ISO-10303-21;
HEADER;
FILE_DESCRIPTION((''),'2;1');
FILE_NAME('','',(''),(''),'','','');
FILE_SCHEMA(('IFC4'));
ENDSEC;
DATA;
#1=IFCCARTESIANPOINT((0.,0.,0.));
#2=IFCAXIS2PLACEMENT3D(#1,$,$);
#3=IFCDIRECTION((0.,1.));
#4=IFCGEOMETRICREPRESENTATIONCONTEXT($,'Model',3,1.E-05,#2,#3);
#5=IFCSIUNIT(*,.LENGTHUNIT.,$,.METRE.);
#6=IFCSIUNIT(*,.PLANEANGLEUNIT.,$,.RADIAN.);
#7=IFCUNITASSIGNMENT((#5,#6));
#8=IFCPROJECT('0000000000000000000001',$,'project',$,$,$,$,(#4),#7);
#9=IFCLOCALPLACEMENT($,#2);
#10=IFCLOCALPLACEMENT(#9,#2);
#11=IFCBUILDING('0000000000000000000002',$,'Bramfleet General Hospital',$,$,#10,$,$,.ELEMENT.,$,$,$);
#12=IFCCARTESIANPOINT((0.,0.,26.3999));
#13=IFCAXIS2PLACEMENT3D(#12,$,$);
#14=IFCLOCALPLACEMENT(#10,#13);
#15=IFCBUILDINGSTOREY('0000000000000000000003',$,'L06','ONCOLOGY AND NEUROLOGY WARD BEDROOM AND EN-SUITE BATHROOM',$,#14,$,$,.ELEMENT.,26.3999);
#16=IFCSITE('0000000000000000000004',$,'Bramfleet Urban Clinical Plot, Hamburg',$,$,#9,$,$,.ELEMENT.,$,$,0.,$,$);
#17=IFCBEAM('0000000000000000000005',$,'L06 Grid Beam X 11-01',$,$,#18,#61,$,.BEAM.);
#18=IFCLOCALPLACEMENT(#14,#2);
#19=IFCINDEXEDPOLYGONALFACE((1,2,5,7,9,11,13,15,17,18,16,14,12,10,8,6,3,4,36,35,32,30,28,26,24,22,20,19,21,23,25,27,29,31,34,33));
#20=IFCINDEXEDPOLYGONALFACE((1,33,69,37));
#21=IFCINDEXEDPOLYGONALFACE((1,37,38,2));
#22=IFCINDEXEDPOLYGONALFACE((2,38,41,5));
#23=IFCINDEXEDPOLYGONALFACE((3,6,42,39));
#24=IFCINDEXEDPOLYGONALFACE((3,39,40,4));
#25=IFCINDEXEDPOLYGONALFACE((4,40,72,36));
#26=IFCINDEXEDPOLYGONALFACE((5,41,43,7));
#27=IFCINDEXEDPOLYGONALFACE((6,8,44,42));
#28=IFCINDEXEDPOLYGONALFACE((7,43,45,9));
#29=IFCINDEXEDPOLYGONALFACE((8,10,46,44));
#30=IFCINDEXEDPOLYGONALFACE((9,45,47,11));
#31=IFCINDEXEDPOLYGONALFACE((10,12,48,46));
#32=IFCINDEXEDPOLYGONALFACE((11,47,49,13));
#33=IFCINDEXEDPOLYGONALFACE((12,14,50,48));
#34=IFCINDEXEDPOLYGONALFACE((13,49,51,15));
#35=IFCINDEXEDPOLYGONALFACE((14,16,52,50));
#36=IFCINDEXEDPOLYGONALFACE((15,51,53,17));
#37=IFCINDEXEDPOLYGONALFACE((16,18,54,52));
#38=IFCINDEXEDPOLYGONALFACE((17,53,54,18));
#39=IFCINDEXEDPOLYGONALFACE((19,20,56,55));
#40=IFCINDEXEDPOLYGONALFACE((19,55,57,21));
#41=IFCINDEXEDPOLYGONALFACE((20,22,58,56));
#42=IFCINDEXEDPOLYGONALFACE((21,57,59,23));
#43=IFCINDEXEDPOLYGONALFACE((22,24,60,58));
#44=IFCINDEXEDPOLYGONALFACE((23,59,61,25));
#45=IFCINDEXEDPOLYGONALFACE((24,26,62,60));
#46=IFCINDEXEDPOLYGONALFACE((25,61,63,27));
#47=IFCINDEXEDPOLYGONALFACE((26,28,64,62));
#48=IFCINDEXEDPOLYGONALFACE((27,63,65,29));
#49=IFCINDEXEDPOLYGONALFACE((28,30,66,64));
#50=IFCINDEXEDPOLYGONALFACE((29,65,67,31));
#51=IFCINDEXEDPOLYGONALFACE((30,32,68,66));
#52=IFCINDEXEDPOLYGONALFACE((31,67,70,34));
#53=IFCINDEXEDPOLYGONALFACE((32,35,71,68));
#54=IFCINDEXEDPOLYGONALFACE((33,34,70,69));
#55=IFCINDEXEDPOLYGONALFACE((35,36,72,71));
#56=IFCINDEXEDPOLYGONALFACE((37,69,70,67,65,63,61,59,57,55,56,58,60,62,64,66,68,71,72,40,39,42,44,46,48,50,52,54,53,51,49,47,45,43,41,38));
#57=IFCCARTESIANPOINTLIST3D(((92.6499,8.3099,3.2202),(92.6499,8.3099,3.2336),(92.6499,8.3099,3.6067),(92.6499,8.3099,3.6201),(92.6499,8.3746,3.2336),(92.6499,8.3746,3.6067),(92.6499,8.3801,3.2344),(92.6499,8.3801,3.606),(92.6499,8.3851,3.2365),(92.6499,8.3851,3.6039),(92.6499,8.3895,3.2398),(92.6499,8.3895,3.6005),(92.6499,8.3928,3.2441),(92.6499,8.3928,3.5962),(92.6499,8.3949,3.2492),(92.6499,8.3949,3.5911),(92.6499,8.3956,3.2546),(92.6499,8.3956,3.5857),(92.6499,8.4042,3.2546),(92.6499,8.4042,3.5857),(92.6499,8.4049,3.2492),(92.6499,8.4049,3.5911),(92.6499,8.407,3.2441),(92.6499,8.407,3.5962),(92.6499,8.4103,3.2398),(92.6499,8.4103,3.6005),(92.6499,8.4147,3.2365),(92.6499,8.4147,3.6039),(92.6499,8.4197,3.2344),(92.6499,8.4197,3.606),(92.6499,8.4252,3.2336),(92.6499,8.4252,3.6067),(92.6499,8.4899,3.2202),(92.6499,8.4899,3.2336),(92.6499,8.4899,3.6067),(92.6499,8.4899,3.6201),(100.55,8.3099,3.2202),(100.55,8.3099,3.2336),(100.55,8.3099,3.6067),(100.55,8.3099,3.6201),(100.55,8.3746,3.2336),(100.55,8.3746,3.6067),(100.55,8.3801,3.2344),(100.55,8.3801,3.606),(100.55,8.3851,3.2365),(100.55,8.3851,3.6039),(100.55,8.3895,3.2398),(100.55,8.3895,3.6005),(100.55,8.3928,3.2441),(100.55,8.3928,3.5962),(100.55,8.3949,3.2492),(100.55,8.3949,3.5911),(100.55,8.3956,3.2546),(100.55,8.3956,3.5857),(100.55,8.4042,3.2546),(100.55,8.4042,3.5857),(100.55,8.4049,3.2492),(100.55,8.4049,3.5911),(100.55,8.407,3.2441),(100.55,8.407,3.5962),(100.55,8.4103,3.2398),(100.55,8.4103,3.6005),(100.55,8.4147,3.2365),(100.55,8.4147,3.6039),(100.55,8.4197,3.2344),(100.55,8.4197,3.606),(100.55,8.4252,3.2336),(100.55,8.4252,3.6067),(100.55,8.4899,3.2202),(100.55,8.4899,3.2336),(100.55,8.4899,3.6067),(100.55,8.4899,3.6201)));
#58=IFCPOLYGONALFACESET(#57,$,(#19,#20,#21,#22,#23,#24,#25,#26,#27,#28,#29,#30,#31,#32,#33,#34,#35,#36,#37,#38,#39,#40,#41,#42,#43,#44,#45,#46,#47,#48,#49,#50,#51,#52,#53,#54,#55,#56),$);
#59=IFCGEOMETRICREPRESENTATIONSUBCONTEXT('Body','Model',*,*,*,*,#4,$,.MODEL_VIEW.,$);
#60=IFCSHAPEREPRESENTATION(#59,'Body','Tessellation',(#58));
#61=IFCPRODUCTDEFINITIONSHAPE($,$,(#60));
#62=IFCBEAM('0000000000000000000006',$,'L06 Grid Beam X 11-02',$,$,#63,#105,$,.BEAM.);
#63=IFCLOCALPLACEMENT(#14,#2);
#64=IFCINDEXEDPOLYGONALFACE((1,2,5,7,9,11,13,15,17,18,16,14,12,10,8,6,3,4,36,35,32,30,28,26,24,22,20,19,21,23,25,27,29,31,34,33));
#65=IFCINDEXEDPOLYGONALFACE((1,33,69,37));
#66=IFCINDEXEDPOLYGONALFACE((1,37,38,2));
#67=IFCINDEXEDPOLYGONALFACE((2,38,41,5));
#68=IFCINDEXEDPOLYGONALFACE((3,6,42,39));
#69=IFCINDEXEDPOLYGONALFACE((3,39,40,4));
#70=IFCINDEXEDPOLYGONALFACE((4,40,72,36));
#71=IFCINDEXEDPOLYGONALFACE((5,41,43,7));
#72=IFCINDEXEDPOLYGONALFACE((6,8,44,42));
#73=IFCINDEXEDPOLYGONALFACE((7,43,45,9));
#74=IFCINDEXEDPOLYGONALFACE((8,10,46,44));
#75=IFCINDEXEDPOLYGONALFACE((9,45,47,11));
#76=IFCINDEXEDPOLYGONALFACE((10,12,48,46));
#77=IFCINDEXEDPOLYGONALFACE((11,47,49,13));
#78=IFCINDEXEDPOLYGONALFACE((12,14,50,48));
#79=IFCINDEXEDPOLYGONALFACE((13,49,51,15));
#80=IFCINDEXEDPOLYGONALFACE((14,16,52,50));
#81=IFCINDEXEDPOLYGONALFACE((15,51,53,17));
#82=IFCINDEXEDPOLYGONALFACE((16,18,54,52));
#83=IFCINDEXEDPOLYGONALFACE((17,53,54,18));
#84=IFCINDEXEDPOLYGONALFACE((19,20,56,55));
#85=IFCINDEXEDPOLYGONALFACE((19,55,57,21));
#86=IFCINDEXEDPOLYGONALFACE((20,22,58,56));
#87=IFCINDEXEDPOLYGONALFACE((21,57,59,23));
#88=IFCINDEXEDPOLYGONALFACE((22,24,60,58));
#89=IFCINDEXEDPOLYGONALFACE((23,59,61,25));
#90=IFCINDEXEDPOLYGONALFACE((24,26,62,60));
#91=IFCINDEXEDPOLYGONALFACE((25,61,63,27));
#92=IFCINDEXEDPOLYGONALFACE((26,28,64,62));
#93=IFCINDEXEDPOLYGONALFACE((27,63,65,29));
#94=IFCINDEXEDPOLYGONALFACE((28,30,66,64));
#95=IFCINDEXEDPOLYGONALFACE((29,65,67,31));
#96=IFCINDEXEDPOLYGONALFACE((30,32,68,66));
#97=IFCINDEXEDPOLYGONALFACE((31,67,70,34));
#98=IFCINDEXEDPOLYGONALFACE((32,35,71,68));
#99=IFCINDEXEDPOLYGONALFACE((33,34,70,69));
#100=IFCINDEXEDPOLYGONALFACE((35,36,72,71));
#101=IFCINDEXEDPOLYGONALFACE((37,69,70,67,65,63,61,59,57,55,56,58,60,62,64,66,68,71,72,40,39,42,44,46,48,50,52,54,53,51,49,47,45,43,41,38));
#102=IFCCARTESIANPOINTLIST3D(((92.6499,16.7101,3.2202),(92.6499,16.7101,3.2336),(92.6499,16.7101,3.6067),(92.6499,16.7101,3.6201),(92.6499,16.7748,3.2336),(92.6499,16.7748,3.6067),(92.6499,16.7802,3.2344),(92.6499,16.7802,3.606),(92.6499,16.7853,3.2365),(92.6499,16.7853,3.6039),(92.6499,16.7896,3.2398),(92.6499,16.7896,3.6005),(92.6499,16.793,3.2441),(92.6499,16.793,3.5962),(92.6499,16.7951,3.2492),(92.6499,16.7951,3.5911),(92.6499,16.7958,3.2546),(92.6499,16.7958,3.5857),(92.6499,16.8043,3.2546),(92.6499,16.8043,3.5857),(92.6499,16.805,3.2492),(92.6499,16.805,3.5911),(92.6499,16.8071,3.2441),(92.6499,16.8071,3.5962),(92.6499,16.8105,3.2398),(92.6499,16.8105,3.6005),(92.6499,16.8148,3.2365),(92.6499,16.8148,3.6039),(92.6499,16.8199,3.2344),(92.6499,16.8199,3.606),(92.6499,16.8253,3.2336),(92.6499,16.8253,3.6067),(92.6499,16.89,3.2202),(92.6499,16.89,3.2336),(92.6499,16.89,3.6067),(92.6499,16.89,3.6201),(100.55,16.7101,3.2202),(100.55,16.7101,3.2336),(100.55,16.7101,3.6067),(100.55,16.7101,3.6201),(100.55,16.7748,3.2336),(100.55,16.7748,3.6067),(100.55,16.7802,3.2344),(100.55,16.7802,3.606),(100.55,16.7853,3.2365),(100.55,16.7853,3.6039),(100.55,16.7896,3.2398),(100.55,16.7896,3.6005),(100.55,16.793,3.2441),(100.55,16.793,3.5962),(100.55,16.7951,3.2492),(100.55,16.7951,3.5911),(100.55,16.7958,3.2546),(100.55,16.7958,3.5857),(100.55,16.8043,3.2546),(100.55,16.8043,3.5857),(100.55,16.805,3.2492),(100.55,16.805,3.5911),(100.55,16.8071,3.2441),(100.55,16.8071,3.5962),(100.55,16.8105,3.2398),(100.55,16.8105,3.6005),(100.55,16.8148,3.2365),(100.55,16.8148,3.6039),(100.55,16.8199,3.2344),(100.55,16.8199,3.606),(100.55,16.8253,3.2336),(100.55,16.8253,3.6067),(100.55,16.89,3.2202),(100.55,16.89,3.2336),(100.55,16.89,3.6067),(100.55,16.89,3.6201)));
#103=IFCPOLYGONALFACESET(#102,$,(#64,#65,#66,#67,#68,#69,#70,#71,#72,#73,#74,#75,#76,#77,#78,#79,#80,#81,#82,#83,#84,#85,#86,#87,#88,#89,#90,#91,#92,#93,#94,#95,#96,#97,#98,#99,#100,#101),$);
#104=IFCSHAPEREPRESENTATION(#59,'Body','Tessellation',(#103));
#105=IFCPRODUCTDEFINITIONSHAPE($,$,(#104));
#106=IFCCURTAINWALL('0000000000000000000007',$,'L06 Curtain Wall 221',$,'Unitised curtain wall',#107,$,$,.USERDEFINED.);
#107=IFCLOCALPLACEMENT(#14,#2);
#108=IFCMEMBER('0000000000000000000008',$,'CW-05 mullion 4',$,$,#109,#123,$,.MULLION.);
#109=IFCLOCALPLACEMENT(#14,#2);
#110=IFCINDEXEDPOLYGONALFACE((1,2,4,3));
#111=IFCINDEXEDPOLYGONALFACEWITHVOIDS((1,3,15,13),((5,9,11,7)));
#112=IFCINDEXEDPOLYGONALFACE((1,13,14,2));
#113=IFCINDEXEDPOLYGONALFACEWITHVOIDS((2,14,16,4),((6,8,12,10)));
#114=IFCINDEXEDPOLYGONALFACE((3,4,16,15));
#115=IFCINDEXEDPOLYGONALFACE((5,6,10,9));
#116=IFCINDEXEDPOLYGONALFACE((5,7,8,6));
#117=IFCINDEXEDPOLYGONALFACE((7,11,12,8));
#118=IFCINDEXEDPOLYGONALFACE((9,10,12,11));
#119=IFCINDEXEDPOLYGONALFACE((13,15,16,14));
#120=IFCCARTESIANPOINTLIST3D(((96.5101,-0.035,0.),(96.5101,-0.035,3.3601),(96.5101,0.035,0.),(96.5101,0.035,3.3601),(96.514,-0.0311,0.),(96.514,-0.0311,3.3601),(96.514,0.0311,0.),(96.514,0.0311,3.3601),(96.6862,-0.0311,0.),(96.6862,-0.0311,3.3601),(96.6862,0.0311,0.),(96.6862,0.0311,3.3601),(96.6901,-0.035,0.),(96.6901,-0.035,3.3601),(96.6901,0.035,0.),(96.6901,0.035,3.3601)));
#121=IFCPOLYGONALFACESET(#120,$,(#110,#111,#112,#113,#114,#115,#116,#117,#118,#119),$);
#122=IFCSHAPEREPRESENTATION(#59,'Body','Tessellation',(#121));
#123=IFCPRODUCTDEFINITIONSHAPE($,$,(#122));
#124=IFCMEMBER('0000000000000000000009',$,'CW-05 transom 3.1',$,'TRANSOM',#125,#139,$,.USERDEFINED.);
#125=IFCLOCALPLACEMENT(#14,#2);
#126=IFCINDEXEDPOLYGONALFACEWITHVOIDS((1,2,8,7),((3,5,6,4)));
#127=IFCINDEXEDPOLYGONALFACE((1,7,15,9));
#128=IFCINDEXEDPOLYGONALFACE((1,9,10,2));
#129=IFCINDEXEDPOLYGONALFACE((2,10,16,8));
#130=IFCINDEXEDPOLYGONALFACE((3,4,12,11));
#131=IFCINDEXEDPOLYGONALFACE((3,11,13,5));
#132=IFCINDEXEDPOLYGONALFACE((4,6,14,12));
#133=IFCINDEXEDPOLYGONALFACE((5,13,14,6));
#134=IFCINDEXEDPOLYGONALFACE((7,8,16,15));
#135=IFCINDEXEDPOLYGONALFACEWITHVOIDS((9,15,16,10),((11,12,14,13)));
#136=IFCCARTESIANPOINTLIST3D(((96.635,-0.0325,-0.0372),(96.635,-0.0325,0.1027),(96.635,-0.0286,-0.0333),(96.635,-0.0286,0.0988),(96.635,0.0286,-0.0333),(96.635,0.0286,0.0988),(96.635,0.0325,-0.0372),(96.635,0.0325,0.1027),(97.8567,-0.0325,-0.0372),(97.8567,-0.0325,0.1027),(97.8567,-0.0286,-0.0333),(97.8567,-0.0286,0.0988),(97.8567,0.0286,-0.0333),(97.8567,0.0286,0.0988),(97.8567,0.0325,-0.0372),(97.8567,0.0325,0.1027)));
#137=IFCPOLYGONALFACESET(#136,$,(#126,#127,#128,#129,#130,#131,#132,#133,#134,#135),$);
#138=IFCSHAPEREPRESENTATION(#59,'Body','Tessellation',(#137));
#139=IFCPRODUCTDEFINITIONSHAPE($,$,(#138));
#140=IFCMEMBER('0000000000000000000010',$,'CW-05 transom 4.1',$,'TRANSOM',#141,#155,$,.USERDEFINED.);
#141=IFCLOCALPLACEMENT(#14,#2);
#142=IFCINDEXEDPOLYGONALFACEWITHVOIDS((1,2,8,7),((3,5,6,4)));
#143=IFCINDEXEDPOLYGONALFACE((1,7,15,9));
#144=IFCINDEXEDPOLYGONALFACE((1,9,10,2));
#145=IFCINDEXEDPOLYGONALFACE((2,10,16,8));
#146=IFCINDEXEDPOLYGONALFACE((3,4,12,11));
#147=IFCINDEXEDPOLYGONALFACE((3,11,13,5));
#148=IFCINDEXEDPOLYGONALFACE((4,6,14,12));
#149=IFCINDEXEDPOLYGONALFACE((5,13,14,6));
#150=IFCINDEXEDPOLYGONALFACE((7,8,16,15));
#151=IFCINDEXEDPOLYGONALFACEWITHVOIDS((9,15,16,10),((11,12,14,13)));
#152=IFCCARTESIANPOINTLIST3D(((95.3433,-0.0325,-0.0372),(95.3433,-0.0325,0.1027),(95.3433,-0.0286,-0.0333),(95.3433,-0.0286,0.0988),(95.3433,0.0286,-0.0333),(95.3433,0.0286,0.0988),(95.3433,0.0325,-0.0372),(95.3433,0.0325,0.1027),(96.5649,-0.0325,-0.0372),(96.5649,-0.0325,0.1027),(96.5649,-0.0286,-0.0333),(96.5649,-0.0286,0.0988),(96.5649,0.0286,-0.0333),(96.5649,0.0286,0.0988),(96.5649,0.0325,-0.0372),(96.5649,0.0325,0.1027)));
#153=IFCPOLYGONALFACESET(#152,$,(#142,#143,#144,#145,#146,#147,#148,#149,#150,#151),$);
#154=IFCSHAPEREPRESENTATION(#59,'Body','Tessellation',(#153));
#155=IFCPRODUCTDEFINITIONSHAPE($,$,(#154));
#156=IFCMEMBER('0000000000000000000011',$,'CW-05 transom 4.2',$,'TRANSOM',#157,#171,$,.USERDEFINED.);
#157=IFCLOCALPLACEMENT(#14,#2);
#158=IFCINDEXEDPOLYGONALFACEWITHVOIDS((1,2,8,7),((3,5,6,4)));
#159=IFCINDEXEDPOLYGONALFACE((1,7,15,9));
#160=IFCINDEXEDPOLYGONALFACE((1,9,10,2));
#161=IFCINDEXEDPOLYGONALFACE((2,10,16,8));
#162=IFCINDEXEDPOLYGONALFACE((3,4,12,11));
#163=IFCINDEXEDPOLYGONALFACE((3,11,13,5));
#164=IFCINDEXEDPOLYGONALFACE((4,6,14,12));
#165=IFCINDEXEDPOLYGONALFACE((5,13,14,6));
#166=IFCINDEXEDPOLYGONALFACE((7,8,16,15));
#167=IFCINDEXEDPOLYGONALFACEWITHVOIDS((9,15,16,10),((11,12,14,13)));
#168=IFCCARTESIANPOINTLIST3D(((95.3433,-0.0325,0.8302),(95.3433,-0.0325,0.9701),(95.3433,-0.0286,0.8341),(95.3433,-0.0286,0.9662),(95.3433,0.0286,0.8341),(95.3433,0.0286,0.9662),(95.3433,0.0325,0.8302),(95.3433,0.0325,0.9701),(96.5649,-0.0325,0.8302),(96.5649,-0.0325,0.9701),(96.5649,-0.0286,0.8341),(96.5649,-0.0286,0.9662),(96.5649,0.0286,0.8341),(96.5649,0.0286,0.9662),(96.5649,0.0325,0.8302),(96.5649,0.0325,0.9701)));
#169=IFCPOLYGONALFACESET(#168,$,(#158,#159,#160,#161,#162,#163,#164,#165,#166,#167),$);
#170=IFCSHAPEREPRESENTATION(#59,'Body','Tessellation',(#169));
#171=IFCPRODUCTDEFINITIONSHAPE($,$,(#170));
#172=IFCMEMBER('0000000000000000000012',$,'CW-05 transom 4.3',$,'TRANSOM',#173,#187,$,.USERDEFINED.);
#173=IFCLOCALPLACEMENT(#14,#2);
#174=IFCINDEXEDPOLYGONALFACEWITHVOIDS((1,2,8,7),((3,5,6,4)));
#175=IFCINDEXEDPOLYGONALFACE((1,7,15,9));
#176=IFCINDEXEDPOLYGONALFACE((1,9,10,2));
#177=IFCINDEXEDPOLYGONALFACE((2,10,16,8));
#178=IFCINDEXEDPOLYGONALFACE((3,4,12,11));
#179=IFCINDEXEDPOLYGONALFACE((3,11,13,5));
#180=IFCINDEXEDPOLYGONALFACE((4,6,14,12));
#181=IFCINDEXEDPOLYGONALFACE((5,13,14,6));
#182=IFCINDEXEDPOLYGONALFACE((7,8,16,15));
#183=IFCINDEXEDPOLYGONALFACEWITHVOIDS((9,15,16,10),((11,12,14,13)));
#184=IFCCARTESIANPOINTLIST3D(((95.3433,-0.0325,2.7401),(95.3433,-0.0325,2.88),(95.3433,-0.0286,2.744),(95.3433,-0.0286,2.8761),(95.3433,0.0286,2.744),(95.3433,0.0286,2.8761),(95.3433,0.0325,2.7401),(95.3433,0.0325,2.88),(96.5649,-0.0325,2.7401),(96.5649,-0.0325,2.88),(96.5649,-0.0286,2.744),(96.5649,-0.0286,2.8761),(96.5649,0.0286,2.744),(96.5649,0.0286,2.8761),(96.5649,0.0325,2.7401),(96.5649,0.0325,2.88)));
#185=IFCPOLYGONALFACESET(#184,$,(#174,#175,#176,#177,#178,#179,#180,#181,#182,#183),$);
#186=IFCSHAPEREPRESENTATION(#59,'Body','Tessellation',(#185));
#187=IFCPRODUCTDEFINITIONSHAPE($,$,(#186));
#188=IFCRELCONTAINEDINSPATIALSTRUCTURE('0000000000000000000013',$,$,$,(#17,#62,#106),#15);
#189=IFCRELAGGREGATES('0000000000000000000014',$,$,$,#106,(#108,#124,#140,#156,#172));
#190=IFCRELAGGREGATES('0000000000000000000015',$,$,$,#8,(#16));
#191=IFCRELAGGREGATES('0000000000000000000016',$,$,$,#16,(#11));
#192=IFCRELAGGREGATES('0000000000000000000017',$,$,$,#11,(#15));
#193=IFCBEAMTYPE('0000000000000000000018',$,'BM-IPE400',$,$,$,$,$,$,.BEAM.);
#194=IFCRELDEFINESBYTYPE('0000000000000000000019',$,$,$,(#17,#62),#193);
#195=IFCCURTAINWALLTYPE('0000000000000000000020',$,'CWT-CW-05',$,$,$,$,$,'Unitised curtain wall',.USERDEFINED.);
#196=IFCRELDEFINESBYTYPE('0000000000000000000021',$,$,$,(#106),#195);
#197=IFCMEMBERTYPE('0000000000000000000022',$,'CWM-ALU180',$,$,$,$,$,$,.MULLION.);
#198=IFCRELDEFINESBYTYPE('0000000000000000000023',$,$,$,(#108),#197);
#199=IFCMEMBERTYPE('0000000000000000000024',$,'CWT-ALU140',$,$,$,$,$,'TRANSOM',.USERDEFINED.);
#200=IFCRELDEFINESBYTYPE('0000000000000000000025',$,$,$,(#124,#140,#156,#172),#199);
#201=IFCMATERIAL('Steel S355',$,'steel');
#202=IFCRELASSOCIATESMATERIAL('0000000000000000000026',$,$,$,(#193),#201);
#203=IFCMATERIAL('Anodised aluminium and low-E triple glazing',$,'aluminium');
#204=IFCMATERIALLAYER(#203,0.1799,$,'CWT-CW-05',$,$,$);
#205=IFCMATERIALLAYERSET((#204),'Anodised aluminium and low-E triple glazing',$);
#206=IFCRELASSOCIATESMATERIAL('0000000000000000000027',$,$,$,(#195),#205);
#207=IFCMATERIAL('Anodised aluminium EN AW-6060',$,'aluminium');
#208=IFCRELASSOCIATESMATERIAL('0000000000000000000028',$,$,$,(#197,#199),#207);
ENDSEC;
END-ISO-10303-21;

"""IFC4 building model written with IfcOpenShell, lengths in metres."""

from ifc_helpers import new_model, si_unit, direction, frame, origin, origin_2d, place, context, subcontext, project, spatial, hollow_rectangle, i_section, extrude, material, layer, layer_set, material_profile, profile_set, type_object, element, aggregate, save


model = new_model("IFC4")

# Units and contexts
model_context = context("Model", 3, precision=1e-05, world=origin(), true_north=direction((0.0, 1.0)))
body_context = subcontext(model_context, "Body", "Model", "MODEL_VIEW")
ifc_project = project(units=[si_unit("LENGTHUNIT", "METRE"), si_unit("PLANEANGLEUNIT", "RADIAN")], contexts=[model_context])

# Site, building, storey
site_placement = place(None, origin())
site = spatial("IfcSite", under=ifc_project, at=site_placement, Name="Bramfleet Urban Clinical Plot, Hamburg", CompositionType="ELEMENT", RefElevation=0.0)
building_placement = place(site_placement, origin())
building = spatial("IfcBuilding", under=site, at=building_placement, Name="Bramfleet General Hospital", CompositionType="ELEMENT")
storey_placement = place(building_placement, frame((0.0, 0.0, 26.3999)))
storey = spatial("IfcBuildingStorey", under=building, at=storey_placement, Name="L06", Description="ONCOLOGY AND NEUROLOGY WARD BEDROOM AND EN-SUITE BATHROOM", CompositionType="ELEMENT", Elevation=26.3999)

# Beams
ifc_material_1 = material(Name="Steel S355", Category="steel")
ifc_material_profile_1 = material_profile(ifc_material_1, i_section(OverallWidth=0.1799, OverallDepth=0.3999, WebThickness=0.0085, FlangeThickness=0.0134, FilletRadius=0.021, at=origin_2d()), Name="IPE 400")
ifc_profile_set_1 = profile_set([ifc_material_profile_1], Name="Steel S355")
beam_type_1 = type_object("IfcBeamType", Name="BM-IPE400", PredefinedType="BEAM", material=ifc_profile_set_1)
for number, where, z_axis, x_axis, name in (
    (1, (92.6499, 8.3999, 3.4202), (1.0, 0.0, 0.0), (0.0, 1.0, 0.0), "L06 Grid Beam X 11-01"),
    (2, (92.6499, 16.8, 3.4202), (1.0, 0.0, 0.0), (0.0, 1.0, 0.0), "L06 Grid Beam X 11-02"),
):
    element("IfcBeam", number, at=place(storey_placement, frame(where, z_axis=z_axis, x_axis=x_axis)), inside=storey, type_object=beam_type_1, Name=name, PredefinedType="BEAM", context=body_context, shape_type="SweptSolid", body=[
        extrude(i_section(OverallWidth=0.1799, OverallDepth=0.3999, WebThickness=0.0085, FlangeThickness=0.0134, FilletRadius=0.021, at=origin_2d()), origin(), (0.0, 0.0, 1.0), 7.9001),
    ])

# Curtain wall, members
ifc_material_2 = material(Name="Anodised aluminium and low-E triple glazing", Category="aluminium")
ifc_layer_1 = layer(ifc_material_2, 0.1799, Name="CWT-CW-05")
ifc_layer_set_1 = layer_set([ifc_layer_1], Name="Anodised aluminium and low-E triple glazing")
curtain_wall_type = type_object("IfcCurtainWallType", Name="CWT-CW-05", ElementType="Unitised curtain wall", PredefinedType="USERDEFINED", material=ifc_layer_set_1)
curtain_wall_placement = place(storey_placement, origin())
curtain_wall = element("IfcCurtainWall", 3, at=curtain_wall_placement, inside=storey, type_object=curtain_wall_type, Name="L06 Curtain Wall 221", ObjectType="Unitised curtain wall", PredefinedType="USERDEFINED")
ifc_material_3 = material(Name="Anodised aluminium EN AW-6060", Category="aluminium")
ifc_material_profile_2 = material_profile(ifc_material_3, hollow_rectangle(XDim=0.0701, YDim=0.1799, WallThickness=0.0039, at=origin_2d()), Name="ALU 180x70x4.0")
ifc_profile_set_2 = profile_set([ifc_material_profile_2], Name="Anodised aluminium EN AW-6060")
member_type_1 = type_object("IfcMemberType", Name="CWM-ALU180", PredefinedType="MULLION", material=ifc_profile_set_2)
member_1_placement = place(storey_placement, frame((96.6001, 0.0, 0.0), z_axis=(0.0, 0.0, 1.0), x_axis=(0.0, -1.0, 0.0)))
member_1 = element("IfcMember", 4, at=member_1_placement, type_object=member_type_1, Name="CW-05 mullion 4", PredefinedType="MULLION", context=body_context, shape_type="SweptSolid", body=[
    extrude(hollow_rectangle(XDim=0.0701, YDim=0.1799, WallThickness=0.0039, at=origin_2d()), origin(), (0.0, 0.0, 1.0), 3.3601),
])
ifc_material_profile_3 = material_profile(ifc_material_3, hollow_rectangle(XDim=0.0649, YDim=0.1399, WallThickness=0.0039, at=origin_2d()), Name="ALU 140x65x4.0")
ifc_profile_set_3 = profile_set([ifc_material_profile_3], Name="Anodised aluminium EN AW-6060")
member_type_2 = type_object("IfcMemberType", Name="CWT-ALU140", ElementType="TRANSOM", PredefinedType="USERDEFINED", material=ifc_profile_set_3)
member_2_placement = place(storey_placement, frame((97.8567, 0.0, 0.0327), z_axis=(-1.0, 0.0, 0.0), x_axis=(0.0, -1.0, 0.0)))
member_2 = element("IfcMember", 5, at=member_2_placement, type_object=member_type_2, Name="CW-05 transom 3.1", ObjectType="TRANSOM", PredefinedType="USERDEFINED", context=body_context, shape_type="SweptSolid", body=[
    extrude(hollow_rectangle(XDim=0.0649, YDim=0.1399, WallThickness=0.0039, at=origin_2d()), origin(), (0.0, 0.0, 1.0), 1.2217),
])
member_3_placement = place(storey_placement, frame((96.5649, 0.0, 0.0327), z_axis=(-1.0, 0.0, 0.0), x_axis=(0.0, -1.0, 0.0)))
member_3 = element("IfcMember", 6, at=member_3_placement, type_object=member_type_2, Name="CW-05 transom 4.1", ObjectType="TRANSOM", PredefinedType="USERDEFINED", context=body_context, shape_type="SweptSolid", body=[
    extrude(hollow_rectangle(XDim=0.0649, YDim=0.1399, WallThickness=0.0039, at=origin_2d()), origin(), (0.0, 0.0, 1.0), 1.2217),
])
member_4_placement = place(storey_placement, frame((96.5649, 0.0, 0.9001), z_axis=(-1.0, 0.0, 0.0), x_axis=(0.0, -1.0, 0.0)))
member_4 = element("IfcMember", 7, at=member_4_placement, type_object=member_type_2, Name="CW-05 transom 4.2", ObjectType="TRANSOM", PredefinedType="USERDEFINED", context=body_context, shape_type="SweptSolid", body=[
    extrude(hollow_rectangle(XDim=0.0649, YDim=0.1399, WallThickness=0.0039, at=origin_2d()), origin(), (0.0, 0.0, 1.0), 1.2217),
])
member_5_placement = place(storey_placement, frame((96.5649, 0.0, 2.8101), z_axis=(-1.0, 0.0, 0.0), x_axis=(0.0, -1.0, 0.0)))
member_5 = element("IfcMember", 8, at=member_5_placement, type_object=member_type_2, Name="CW-05 transom 4.3", ObjectType="TRANSOM", PredefinedType="USERDEFINED", context=body_context, shape_type="SweptSolid", body=[
    extrude(hollow_rectangle(XDim=0.0649, YDim=0.1399, WallThickness=0.0039, at=origin_2d()), origin(), (0.0, 0.0, 1.0), 1.2217),
])
aggregate(curtain_wall, [member_1, member_2, member_3, member_4, member_5])

save(model, "model.ifc")
